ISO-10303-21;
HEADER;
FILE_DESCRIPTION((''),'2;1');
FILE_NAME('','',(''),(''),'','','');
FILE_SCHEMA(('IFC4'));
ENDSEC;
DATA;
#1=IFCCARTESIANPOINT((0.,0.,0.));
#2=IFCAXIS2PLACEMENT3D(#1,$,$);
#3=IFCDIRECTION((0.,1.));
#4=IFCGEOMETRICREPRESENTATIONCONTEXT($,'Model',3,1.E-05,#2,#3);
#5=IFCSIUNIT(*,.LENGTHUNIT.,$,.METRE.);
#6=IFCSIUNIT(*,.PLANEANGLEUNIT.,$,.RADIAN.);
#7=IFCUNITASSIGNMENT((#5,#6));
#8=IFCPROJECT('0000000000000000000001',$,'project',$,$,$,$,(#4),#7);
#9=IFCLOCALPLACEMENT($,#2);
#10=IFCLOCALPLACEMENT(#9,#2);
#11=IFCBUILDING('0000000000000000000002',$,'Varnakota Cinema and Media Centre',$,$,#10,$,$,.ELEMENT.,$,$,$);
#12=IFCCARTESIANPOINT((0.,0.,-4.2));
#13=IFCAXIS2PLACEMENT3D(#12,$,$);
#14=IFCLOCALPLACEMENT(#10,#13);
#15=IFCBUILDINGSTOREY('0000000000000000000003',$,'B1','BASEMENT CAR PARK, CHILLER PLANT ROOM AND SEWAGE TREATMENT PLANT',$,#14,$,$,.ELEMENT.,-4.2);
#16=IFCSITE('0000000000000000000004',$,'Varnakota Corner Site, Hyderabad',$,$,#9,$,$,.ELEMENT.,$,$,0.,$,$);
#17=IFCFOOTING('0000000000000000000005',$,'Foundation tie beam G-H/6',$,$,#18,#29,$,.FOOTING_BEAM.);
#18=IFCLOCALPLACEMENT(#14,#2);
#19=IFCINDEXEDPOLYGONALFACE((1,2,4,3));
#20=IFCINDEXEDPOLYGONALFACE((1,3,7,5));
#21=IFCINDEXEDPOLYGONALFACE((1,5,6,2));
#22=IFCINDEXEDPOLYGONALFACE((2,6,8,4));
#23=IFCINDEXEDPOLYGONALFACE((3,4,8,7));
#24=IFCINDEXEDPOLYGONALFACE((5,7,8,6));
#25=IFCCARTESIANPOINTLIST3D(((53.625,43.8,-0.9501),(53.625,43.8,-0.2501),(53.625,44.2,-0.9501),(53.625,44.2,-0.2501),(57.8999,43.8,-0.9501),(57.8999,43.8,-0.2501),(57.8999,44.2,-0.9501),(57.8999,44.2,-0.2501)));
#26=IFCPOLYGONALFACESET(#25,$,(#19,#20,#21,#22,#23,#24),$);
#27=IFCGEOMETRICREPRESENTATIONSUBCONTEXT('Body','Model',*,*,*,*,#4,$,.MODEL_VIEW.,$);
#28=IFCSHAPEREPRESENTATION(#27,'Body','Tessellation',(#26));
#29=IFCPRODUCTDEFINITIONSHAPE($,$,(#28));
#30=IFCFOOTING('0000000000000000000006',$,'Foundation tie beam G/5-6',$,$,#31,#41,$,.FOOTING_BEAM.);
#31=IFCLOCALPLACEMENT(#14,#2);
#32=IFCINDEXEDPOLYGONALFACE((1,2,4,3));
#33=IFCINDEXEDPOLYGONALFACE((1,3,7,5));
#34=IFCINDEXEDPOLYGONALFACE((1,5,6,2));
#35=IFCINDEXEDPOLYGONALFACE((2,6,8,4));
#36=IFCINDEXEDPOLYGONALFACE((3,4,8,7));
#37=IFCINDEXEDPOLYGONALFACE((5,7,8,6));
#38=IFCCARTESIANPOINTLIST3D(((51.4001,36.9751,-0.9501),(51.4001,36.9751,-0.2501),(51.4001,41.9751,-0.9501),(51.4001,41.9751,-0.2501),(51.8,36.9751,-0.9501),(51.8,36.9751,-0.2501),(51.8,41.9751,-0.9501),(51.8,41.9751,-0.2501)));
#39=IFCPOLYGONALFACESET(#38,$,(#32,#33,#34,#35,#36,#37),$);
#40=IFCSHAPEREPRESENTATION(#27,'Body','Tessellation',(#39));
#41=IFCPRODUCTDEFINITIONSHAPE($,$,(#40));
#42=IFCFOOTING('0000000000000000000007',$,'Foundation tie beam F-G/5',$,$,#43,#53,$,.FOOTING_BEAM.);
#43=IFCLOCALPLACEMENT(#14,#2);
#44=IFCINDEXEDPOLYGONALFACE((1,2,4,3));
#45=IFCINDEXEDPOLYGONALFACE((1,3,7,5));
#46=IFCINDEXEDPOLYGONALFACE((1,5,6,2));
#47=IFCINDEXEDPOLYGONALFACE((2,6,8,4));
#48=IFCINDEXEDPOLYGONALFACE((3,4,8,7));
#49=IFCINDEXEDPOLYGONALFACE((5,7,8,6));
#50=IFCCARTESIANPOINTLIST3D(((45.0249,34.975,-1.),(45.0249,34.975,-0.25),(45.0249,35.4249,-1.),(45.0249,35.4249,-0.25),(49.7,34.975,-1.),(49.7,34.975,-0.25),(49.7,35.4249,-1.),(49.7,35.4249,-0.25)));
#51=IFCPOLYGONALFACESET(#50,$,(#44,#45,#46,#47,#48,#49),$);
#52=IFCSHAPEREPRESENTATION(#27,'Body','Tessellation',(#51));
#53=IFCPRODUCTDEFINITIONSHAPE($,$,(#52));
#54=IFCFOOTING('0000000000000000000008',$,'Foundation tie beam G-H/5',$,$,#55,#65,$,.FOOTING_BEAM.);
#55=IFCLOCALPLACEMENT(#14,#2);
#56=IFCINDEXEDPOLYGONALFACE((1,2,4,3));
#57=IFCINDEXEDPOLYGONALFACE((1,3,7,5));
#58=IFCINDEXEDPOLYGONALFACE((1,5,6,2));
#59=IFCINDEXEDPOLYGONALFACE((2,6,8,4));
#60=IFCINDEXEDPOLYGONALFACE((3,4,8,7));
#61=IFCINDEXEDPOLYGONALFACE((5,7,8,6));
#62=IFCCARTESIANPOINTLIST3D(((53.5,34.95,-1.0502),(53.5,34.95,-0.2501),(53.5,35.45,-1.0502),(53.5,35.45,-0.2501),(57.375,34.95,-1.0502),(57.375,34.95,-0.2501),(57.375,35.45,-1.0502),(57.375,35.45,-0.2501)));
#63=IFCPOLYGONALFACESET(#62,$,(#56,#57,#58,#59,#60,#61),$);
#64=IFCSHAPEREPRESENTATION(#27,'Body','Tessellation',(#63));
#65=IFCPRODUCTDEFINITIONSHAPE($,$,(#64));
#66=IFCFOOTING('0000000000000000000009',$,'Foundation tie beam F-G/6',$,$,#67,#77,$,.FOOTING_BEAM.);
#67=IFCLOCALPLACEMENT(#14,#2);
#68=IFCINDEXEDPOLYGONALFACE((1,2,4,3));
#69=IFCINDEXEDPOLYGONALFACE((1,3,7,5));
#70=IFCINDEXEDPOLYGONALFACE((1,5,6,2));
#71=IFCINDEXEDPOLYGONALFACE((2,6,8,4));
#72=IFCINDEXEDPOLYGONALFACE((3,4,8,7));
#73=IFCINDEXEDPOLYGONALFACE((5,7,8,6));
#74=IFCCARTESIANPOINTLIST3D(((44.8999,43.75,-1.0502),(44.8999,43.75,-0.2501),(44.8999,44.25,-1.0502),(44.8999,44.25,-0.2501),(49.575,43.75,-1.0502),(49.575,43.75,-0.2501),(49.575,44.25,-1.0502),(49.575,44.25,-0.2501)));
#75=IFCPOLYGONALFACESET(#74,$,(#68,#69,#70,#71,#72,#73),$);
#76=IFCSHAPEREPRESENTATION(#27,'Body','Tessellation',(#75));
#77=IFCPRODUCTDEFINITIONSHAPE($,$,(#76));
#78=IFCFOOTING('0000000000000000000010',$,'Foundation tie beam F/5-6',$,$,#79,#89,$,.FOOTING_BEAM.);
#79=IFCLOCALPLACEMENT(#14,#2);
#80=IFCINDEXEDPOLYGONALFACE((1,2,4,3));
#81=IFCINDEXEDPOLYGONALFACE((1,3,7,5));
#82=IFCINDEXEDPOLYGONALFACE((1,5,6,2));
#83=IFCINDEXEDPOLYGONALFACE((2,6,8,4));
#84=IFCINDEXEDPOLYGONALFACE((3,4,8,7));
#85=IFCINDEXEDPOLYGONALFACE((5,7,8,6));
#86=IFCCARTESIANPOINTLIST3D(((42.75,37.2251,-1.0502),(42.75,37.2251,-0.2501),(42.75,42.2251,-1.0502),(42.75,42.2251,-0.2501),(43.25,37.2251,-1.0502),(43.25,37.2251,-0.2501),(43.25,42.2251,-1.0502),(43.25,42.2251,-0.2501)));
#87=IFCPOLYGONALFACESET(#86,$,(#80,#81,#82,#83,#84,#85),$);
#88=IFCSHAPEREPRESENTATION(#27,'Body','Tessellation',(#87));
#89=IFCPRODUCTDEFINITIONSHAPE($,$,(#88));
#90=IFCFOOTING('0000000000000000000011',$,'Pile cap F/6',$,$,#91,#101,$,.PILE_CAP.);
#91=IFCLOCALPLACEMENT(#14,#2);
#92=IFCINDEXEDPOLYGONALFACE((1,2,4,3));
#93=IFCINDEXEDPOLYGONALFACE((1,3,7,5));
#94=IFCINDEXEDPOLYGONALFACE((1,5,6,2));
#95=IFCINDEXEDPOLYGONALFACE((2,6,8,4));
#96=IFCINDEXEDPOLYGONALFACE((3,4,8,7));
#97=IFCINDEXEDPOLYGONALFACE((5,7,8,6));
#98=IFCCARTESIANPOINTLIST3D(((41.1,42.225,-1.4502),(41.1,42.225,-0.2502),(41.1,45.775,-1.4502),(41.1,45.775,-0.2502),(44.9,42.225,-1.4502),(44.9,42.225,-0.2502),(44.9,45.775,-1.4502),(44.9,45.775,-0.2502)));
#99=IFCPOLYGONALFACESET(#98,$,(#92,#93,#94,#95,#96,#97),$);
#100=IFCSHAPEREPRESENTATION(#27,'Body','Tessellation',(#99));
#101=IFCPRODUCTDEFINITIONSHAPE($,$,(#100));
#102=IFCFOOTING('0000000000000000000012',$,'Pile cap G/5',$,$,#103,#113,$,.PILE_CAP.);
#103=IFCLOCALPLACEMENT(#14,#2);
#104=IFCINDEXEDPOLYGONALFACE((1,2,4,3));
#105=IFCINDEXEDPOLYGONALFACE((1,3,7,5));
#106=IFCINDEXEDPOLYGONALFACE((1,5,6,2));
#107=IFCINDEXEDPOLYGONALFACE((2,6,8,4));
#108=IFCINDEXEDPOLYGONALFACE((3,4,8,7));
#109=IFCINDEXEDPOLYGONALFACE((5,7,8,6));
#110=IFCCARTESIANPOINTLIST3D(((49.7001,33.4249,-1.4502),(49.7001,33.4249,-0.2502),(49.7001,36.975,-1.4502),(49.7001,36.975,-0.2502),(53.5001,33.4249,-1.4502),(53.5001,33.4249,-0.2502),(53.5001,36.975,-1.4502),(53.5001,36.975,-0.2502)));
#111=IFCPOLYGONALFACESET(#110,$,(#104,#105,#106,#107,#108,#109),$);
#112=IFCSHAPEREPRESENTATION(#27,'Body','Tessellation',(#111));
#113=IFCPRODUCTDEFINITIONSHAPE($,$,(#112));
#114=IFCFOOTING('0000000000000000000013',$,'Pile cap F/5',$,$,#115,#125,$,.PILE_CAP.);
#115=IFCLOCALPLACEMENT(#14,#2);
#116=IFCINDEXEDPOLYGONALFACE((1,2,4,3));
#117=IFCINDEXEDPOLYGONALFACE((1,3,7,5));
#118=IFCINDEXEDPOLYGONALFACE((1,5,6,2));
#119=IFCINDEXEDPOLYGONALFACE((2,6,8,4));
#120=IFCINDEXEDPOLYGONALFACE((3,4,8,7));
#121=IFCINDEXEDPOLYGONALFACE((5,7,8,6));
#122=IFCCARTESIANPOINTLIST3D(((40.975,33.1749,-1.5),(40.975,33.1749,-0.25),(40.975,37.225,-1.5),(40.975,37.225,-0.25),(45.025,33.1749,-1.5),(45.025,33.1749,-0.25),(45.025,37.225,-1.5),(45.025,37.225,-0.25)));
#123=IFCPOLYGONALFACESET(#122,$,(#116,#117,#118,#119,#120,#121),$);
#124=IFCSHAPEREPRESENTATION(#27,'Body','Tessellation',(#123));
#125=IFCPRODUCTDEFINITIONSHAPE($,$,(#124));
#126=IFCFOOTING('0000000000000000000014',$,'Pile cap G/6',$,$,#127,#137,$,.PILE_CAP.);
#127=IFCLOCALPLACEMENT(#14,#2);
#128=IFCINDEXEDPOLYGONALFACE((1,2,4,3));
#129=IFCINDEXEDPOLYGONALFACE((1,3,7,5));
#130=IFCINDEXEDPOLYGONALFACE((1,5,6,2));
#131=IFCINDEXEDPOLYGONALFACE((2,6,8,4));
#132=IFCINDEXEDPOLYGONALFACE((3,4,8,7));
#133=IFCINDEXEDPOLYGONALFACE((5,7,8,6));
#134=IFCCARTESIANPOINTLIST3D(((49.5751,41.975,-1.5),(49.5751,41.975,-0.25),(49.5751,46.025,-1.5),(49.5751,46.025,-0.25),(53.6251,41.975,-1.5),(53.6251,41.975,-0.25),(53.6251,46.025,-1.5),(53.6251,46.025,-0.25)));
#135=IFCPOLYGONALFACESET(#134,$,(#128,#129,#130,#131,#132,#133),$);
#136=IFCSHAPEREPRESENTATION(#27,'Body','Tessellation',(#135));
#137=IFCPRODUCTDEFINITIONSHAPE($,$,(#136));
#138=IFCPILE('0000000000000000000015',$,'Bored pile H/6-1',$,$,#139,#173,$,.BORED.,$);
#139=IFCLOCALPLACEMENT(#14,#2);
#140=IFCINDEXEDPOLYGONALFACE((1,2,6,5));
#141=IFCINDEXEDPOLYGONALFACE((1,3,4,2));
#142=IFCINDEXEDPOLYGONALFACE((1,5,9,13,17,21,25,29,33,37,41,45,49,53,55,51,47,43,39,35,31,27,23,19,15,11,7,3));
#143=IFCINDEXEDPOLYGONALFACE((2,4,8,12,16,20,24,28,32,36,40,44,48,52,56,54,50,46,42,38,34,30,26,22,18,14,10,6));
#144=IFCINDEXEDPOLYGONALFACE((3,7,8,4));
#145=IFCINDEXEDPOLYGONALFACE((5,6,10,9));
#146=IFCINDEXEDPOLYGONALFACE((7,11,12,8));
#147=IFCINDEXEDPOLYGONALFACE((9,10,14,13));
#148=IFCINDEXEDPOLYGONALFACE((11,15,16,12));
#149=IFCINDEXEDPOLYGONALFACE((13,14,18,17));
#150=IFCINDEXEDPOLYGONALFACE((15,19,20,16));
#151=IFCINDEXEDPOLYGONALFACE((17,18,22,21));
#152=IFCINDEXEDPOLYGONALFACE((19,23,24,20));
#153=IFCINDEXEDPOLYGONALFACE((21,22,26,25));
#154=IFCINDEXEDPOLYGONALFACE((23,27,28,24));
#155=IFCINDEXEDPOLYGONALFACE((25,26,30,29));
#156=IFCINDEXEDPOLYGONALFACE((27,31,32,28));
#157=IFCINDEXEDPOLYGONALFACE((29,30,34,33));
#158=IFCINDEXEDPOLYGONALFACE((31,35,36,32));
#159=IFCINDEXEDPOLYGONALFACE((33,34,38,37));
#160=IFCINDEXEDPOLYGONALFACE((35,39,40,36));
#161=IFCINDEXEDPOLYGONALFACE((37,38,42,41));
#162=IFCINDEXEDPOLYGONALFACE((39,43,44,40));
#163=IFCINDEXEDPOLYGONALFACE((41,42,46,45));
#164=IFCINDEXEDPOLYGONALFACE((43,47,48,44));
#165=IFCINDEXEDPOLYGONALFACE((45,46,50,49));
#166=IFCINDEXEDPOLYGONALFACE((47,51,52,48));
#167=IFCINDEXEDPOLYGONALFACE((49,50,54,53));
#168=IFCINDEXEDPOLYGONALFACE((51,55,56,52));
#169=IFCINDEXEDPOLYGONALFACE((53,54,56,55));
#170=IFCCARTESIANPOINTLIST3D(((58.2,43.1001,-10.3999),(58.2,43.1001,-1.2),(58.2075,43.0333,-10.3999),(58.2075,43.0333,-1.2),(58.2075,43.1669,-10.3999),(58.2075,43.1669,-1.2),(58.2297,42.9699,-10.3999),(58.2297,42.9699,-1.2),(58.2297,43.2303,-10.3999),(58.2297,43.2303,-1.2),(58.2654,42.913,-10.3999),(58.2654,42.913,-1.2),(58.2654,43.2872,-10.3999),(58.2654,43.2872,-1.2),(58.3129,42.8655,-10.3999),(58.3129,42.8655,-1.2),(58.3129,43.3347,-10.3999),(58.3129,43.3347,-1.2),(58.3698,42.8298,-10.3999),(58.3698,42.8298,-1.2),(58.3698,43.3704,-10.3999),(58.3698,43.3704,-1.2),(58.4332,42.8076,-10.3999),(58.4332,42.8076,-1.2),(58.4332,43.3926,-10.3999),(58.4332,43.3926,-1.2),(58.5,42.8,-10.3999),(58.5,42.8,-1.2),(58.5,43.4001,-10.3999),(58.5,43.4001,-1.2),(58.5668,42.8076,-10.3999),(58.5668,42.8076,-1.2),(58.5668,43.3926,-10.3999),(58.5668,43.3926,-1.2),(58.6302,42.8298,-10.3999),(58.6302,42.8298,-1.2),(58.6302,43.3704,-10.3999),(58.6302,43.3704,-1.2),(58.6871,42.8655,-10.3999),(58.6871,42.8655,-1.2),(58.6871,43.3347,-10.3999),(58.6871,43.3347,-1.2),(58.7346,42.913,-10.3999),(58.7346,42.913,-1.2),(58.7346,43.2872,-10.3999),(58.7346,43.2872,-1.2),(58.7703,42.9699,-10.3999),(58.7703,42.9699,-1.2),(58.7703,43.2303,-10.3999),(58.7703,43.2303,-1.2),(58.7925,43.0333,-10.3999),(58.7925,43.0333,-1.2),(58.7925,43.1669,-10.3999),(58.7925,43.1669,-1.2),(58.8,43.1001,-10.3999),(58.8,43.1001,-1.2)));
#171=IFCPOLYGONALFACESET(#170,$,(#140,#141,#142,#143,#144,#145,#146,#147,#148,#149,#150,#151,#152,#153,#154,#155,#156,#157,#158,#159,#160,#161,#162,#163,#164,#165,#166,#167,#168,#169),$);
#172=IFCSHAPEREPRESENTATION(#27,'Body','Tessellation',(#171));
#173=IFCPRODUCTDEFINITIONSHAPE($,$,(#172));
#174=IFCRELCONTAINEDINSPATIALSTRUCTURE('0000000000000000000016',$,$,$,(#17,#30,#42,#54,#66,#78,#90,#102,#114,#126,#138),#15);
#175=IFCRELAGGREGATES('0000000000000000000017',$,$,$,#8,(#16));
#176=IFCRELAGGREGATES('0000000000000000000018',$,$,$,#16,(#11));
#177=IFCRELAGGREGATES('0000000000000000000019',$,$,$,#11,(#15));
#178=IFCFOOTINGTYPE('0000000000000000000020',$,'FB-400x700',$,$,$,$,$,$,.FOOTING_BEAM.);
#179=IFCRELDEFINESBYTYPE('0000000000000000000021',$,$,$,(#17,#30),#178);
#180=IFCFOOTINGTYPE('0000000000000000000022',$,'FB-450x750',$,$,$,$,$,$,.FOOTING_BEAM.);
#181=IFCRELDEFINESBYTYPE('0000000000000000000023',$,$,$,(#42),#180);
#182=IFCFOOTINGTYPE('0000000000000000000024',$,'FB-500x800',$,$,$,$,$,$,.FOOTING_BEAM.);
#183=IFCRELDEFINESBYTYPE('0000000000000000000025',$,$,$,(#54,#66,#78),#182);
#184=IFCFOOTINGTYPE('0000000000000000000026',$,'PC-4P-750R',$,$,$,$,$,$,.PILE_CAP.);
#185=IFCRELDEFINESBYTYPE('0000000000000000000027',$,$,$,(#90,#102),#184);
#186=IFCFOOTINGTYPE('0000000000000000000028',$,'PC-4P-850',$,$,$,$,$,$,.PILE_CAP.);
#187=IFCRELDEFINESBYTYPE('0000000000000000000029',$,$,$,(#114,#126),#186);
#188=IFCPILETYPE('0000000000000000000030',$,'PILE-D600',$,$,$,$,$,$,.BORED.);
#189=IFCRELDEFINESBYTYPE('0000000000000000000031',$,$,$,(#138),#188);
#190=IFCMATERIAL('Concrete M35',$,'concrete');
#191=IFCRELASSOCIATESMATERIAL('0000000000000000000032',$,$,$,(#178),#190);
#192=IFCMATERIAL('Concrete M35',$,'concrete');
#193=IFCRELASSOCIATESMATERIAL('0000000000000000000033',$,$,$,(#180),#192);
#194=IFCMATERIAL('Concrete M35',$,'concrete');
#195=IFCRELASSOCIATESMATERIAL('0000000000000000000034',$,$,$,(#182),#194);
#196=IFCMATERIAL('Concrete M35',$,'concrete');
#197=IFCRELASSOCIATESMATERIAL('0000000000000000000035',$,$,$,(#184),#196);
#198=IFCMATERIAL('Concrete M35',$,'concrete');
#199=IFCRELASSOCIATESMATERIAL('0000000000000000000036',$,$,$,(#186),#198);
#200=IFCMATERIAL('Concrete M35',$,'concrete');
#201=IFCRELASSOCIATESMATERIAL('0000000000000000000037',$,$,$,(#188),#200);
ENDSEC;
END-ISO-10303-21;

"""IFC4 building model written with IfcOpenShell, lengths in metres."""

from ifc_helpers import new_model, si_unit, direction, frame, origin, origin_2d, place, context, subcontext, project, spatial, rectangle, circle, extrude, material, material_profile, profile_set, type_object, element, save


model = new_model("IFC4")

# Units and contexts
model_context = context("Model", 3, precision=1e-05, world=origin(), true_north=direction((0.0, 1.0)))
body_context = subcontext(model_context, "Body", "Model", "MODEL_VIEW")
ifc_project = project(units=[si_unit("LENGTHUNIT", "METRE"), si_unit("PLANEANGLEUNIT", "RADIAN")], contexts=[model_context])

# Site, building, storey
site_placement = place(None, origin())
site = spatial("IfcSite", under=ifc_project, at=site_placement, Name="Varnakota Corner Site, Hyderabad", CompositionType="ELEMENT", RefElevation=0.0)
building_placement = place(site_placement, origin())
building = spatial("IfcBuilding", under=site, at=building_placement, Name="Varnakota Cinema and Media Centre", CompositionType="ELEMENT")
storey_placement = place(building_placement, frame((0.0, 0.0, -4.2)))
storey = spatial("IfcBuildingStorey", under=building, at=storey_placement, Name="B1", Description="BASEMENT CAR PARK, CHILLER PLANT ROOM AND SEWAGE TREATMENT PLANT", CompositionType="ELEMENT", Elevation=-4.2)

# Footings
ifc_material_1 = material(Name="Concrete M35", Category="concrete")
ifc_material_profile_1 = material_profile(ifc_material_1, rectangle(XDim=0.3999, YDim=0.7, at=origin_2d()), Name="FB 400x700")
ifc_profile_set_1 = profile_set([ifc_material_profile_1], Name="Concrete M35")
footing_type_1 = type_object("IfcFootingType", Name="FB-400x700", PredefinedType="FOOTING_BEAM", material=ifc_profile_set_1)
footing_1_placement = place(storey_placement, frame((53.625, 44.0, -0.6001), z_axis=(1.0, 0.0, 0.0), x_axis=(0.0, 1.0, 0.0)))
element("IfcFooting", 1, at=footing_1_placement, inside=storey, type_object=footing_type_1, Name="Foundation tie beam G-H/6", PredefinedType="FOOTING_BEAM", context=body_context, shape_type="SweptSolid", body=[
    extrude(rectangle(XDim=0.3999, YDim=0.7, at=origin_2d()), origin(), (0.0, 0.0, 1.0), 4.2749),
])
footing_2_placement = place(storey_placement, frame((51.6001, 36.9751, -0.6001), z_axis=(0.0, 1.0, 0.0), x_axis=(-1.0, 0.0, 0.0)))
element("IfcFooting", 2, at=footing_2_placement, inside=storey, type_object=footing_type_1, Name="Foundation tie beam G/5-6", PredefinedType="FOOTING_BEAM", context=body_context, shape_type="SweptSolid", body=[
    extrude(rectangle(XDim=0.3999, YDim=0.7, at=origin_2d()), origin(), (0.0, 0.0, 1.0), 5.0),
])
ifc_material_2 = material(Name="Concrete M35", Category="concrete")
ifc_material_profile_2 = material_profile(ifc_material_2, rectangle(XDim=0.45, YDim=0.75, at=origin_2d()), Name="FB 450x750")
ifc_profile_set_2 = profile_set([ifc_material_profile_2], Name="Concrete M35")
footing_type_2 = type_object("IfcFootingType", Name="FB-450x750", PredefinedType="FOOTING_BEAM", material=ifc_profile_set_2)
footing_3_placement = place(storey_placement, frame((45.0249, 35.2, -0.625), z_axis=(1.0, 0.0, 0.0), x_axis=(0.0, 1.0, 0.0)))
element("IfcFooting", 3, at=footing_3_placement, inside=storey, type_object=footing_type_2, Name="Foundation tie beam F-G/5", PredefinedType="FOOTING_BEAM", context=body_context, shape_type="SweptSolid", body=[
    extrude(rectangle(XDim=0.45, YDim=0.75, at=origin_2d()), origin(), (0.0, 0.0, 1.0), 4.675),
])
ifc_material_3 = material(Name="Concrete M35", Category="concrete")
ifc_material_profile_3 = material_profile(ifc_material_3, rectangle(XDim=0.5, YDim=0.8, at=origin_2d()), Name="FB 500x800")
ifc_profile_set_3 = profile_set([ifc_material_profile_3], Name="Concrete M35")
footing_type_3 = type_object("IfcFootingType", Name="FB-500x800", PredefinedType="FOOTING_BEAM", material=ifc_profile_set_3)
footing_4_placement = place(storey_placement, frame((53.5, 35.2, -0.6501), z_axis=(1.0, 0.0, 0.0), x_axis=(0.0, 1.0, 0.0)))
element("IfcFooting", 4, at=footing_4_placement, inside=storey, type_object=footing_type_3, Name="Foundation tie beam G-H/5", PredefinedType="FOOTING_BEAM", context=body_context, shape_type="SweptSolid", body=[
    extrude(rectangle(XDim=0.5, YDim=0.8, at=origin_2d()), origin(), (0.0, 0.0, 1.0), 3.875),
])
footing_5_placement = place(storey_placement, frame((44.8999, 44.0, -0.6501), z_axis=(1.0, 0.0, 0.0), x_axis=(0.0, 1.0, 0.0)))
element("IfcFooting", 5, at=footing_5_placement, inside=storey, type_object=footing_type_3, Name="Foundation tie beam F-G/6", PredefinedType="FOOTING_BEAM", context=body_context, shape_type="SweptSolid", body=[
    extrude(rectangle(XDim=0.5, YDim=0.8, at=origin_2d()), origin(), (0.0, 0.0, 1.0), 4.675),
])
footing_6_placement = place(storey_placement, frame((43.0, 37.2251, -0.6501), z_axis=(0.0, 1.0, 0.0), x_axis=(-1.0, 0.0, 0.0)))
element("IfcFooting", 6, at=footing_6_placement, inside=storey, type_object=footing_type_3, Name="Foundation tie beam F/5-6", PredefinedType="FOOTING_BEAM", context=body_context, shape_type="SweptSolid", body=[
    extrude(rectangle(XDim=0.5, YDim=0.8, at=origin_2d()), origin(), (0.0, 0.0, 1.0), 5.0),
])
ifc_material_4 = material(Name="Concrete M35", Category="concrete")
footing_type_4 = type_object("IfcFootingType", Name="PC-4P-750R", PredefinedType="PILE_CAP", material=ifc_material_4)
for number, where, z_axis, x_axis, name in (
    (7, (43.0, 44.0, -1.4502), (0.0, 0.0, 1.0), (1.0, 0.0, 0.0), "Pile cap F/6"),
    (8, (51.6001, 35.2, -1.4502), (0.0, 0.0, 1.0), (1.0, 0.0, 0.0), "Pile cap G/5"),
):
    element("IfcFooting", number, at=place(storey_placement, frame(where, z_axis=z_axis, x_axis=x_axis)), inside=storey, type_object=footing_type_4, Name=name, PredefinedType="PILE_CAP", context=body_context, shape_type="SweptSolid", body=[
        extrude(rectangle(XDim=3.8, YDim=3.55, at=origin_2d()), origin(), (0.0, 0.0, 1.0), 1.2),
    ])
ifc_material_5 = material(Name="Concrete M35", Category="concrete")
footing_type_5 = type_object("IfcFootingType", Name="PC-4P-850", PredefinedType="PILE_CAP", material=ifc_material_5)
for number, where, z_axis, x_axis, name in (
    (9, (43.0, 35.2, -1.5), (0.0, 0.0, 1.0), (1.0, 0.0, 0.0), "Pile cap F/5"),
    (10, (51.6001, 44.0, -1.5), (0.0, 0.0, 1.0), (1.0, 0.0, 0.0), "Pile cap G/6"),
):
    element("IfcFooting", number, at=place(storey_placement, frame(where, z_axis=z_axis, x_axis=x_axis)), inside=storey, type_object=footing_type_5, Name=name, PredefinedType="PILE_CAP", context=body_context, shape_type="SweptSolid", body=[
        extrude(rectangle(XDim=4.05, YDim=4.05, at=origin_2d()), origin(), (0.0, 0.0, 1.0), 1.25),
    ])

# Pile
ifc_material_6 = material(Name="Concrete M35", Category="concrete")
ifc_material_profile_4 = material_profile(ifc_material_6, circle(Radius=0.3, at=origin_2d()), Name="PILE D600")
ifc_profile_set_4 = profile_set([ifc_material_profile_4], Name="Concrete M35")
pile_type_1 = type_object("IfcPileType", Name="PILE-D600", PredefinedType="BORED", material=ifc_profile_set_4)
for number, where, z_axis, x_axis, name in (
    (11, (58.5, 43.1001, -1.2), (0.0, 0.0, -1.0), (1.0, 0.0, 0.0), "Bored pile H/6-1"),
):
    element("IfcPile", number, at=place(storey_placement, frame(where, z_axis=z_axis, x_axis=x_axis)), inside=storey, type_object=pile_type_1, Name=name, PredefinedType="BORED", context=body_context, shape_type="SweptSolid", body=[
        extrude(circle(Radius=0.3, at=origin_2d()), origin(), (0.0, 0.0, 1.0), 9.2),
    ])

save(model, "model.ifc")
